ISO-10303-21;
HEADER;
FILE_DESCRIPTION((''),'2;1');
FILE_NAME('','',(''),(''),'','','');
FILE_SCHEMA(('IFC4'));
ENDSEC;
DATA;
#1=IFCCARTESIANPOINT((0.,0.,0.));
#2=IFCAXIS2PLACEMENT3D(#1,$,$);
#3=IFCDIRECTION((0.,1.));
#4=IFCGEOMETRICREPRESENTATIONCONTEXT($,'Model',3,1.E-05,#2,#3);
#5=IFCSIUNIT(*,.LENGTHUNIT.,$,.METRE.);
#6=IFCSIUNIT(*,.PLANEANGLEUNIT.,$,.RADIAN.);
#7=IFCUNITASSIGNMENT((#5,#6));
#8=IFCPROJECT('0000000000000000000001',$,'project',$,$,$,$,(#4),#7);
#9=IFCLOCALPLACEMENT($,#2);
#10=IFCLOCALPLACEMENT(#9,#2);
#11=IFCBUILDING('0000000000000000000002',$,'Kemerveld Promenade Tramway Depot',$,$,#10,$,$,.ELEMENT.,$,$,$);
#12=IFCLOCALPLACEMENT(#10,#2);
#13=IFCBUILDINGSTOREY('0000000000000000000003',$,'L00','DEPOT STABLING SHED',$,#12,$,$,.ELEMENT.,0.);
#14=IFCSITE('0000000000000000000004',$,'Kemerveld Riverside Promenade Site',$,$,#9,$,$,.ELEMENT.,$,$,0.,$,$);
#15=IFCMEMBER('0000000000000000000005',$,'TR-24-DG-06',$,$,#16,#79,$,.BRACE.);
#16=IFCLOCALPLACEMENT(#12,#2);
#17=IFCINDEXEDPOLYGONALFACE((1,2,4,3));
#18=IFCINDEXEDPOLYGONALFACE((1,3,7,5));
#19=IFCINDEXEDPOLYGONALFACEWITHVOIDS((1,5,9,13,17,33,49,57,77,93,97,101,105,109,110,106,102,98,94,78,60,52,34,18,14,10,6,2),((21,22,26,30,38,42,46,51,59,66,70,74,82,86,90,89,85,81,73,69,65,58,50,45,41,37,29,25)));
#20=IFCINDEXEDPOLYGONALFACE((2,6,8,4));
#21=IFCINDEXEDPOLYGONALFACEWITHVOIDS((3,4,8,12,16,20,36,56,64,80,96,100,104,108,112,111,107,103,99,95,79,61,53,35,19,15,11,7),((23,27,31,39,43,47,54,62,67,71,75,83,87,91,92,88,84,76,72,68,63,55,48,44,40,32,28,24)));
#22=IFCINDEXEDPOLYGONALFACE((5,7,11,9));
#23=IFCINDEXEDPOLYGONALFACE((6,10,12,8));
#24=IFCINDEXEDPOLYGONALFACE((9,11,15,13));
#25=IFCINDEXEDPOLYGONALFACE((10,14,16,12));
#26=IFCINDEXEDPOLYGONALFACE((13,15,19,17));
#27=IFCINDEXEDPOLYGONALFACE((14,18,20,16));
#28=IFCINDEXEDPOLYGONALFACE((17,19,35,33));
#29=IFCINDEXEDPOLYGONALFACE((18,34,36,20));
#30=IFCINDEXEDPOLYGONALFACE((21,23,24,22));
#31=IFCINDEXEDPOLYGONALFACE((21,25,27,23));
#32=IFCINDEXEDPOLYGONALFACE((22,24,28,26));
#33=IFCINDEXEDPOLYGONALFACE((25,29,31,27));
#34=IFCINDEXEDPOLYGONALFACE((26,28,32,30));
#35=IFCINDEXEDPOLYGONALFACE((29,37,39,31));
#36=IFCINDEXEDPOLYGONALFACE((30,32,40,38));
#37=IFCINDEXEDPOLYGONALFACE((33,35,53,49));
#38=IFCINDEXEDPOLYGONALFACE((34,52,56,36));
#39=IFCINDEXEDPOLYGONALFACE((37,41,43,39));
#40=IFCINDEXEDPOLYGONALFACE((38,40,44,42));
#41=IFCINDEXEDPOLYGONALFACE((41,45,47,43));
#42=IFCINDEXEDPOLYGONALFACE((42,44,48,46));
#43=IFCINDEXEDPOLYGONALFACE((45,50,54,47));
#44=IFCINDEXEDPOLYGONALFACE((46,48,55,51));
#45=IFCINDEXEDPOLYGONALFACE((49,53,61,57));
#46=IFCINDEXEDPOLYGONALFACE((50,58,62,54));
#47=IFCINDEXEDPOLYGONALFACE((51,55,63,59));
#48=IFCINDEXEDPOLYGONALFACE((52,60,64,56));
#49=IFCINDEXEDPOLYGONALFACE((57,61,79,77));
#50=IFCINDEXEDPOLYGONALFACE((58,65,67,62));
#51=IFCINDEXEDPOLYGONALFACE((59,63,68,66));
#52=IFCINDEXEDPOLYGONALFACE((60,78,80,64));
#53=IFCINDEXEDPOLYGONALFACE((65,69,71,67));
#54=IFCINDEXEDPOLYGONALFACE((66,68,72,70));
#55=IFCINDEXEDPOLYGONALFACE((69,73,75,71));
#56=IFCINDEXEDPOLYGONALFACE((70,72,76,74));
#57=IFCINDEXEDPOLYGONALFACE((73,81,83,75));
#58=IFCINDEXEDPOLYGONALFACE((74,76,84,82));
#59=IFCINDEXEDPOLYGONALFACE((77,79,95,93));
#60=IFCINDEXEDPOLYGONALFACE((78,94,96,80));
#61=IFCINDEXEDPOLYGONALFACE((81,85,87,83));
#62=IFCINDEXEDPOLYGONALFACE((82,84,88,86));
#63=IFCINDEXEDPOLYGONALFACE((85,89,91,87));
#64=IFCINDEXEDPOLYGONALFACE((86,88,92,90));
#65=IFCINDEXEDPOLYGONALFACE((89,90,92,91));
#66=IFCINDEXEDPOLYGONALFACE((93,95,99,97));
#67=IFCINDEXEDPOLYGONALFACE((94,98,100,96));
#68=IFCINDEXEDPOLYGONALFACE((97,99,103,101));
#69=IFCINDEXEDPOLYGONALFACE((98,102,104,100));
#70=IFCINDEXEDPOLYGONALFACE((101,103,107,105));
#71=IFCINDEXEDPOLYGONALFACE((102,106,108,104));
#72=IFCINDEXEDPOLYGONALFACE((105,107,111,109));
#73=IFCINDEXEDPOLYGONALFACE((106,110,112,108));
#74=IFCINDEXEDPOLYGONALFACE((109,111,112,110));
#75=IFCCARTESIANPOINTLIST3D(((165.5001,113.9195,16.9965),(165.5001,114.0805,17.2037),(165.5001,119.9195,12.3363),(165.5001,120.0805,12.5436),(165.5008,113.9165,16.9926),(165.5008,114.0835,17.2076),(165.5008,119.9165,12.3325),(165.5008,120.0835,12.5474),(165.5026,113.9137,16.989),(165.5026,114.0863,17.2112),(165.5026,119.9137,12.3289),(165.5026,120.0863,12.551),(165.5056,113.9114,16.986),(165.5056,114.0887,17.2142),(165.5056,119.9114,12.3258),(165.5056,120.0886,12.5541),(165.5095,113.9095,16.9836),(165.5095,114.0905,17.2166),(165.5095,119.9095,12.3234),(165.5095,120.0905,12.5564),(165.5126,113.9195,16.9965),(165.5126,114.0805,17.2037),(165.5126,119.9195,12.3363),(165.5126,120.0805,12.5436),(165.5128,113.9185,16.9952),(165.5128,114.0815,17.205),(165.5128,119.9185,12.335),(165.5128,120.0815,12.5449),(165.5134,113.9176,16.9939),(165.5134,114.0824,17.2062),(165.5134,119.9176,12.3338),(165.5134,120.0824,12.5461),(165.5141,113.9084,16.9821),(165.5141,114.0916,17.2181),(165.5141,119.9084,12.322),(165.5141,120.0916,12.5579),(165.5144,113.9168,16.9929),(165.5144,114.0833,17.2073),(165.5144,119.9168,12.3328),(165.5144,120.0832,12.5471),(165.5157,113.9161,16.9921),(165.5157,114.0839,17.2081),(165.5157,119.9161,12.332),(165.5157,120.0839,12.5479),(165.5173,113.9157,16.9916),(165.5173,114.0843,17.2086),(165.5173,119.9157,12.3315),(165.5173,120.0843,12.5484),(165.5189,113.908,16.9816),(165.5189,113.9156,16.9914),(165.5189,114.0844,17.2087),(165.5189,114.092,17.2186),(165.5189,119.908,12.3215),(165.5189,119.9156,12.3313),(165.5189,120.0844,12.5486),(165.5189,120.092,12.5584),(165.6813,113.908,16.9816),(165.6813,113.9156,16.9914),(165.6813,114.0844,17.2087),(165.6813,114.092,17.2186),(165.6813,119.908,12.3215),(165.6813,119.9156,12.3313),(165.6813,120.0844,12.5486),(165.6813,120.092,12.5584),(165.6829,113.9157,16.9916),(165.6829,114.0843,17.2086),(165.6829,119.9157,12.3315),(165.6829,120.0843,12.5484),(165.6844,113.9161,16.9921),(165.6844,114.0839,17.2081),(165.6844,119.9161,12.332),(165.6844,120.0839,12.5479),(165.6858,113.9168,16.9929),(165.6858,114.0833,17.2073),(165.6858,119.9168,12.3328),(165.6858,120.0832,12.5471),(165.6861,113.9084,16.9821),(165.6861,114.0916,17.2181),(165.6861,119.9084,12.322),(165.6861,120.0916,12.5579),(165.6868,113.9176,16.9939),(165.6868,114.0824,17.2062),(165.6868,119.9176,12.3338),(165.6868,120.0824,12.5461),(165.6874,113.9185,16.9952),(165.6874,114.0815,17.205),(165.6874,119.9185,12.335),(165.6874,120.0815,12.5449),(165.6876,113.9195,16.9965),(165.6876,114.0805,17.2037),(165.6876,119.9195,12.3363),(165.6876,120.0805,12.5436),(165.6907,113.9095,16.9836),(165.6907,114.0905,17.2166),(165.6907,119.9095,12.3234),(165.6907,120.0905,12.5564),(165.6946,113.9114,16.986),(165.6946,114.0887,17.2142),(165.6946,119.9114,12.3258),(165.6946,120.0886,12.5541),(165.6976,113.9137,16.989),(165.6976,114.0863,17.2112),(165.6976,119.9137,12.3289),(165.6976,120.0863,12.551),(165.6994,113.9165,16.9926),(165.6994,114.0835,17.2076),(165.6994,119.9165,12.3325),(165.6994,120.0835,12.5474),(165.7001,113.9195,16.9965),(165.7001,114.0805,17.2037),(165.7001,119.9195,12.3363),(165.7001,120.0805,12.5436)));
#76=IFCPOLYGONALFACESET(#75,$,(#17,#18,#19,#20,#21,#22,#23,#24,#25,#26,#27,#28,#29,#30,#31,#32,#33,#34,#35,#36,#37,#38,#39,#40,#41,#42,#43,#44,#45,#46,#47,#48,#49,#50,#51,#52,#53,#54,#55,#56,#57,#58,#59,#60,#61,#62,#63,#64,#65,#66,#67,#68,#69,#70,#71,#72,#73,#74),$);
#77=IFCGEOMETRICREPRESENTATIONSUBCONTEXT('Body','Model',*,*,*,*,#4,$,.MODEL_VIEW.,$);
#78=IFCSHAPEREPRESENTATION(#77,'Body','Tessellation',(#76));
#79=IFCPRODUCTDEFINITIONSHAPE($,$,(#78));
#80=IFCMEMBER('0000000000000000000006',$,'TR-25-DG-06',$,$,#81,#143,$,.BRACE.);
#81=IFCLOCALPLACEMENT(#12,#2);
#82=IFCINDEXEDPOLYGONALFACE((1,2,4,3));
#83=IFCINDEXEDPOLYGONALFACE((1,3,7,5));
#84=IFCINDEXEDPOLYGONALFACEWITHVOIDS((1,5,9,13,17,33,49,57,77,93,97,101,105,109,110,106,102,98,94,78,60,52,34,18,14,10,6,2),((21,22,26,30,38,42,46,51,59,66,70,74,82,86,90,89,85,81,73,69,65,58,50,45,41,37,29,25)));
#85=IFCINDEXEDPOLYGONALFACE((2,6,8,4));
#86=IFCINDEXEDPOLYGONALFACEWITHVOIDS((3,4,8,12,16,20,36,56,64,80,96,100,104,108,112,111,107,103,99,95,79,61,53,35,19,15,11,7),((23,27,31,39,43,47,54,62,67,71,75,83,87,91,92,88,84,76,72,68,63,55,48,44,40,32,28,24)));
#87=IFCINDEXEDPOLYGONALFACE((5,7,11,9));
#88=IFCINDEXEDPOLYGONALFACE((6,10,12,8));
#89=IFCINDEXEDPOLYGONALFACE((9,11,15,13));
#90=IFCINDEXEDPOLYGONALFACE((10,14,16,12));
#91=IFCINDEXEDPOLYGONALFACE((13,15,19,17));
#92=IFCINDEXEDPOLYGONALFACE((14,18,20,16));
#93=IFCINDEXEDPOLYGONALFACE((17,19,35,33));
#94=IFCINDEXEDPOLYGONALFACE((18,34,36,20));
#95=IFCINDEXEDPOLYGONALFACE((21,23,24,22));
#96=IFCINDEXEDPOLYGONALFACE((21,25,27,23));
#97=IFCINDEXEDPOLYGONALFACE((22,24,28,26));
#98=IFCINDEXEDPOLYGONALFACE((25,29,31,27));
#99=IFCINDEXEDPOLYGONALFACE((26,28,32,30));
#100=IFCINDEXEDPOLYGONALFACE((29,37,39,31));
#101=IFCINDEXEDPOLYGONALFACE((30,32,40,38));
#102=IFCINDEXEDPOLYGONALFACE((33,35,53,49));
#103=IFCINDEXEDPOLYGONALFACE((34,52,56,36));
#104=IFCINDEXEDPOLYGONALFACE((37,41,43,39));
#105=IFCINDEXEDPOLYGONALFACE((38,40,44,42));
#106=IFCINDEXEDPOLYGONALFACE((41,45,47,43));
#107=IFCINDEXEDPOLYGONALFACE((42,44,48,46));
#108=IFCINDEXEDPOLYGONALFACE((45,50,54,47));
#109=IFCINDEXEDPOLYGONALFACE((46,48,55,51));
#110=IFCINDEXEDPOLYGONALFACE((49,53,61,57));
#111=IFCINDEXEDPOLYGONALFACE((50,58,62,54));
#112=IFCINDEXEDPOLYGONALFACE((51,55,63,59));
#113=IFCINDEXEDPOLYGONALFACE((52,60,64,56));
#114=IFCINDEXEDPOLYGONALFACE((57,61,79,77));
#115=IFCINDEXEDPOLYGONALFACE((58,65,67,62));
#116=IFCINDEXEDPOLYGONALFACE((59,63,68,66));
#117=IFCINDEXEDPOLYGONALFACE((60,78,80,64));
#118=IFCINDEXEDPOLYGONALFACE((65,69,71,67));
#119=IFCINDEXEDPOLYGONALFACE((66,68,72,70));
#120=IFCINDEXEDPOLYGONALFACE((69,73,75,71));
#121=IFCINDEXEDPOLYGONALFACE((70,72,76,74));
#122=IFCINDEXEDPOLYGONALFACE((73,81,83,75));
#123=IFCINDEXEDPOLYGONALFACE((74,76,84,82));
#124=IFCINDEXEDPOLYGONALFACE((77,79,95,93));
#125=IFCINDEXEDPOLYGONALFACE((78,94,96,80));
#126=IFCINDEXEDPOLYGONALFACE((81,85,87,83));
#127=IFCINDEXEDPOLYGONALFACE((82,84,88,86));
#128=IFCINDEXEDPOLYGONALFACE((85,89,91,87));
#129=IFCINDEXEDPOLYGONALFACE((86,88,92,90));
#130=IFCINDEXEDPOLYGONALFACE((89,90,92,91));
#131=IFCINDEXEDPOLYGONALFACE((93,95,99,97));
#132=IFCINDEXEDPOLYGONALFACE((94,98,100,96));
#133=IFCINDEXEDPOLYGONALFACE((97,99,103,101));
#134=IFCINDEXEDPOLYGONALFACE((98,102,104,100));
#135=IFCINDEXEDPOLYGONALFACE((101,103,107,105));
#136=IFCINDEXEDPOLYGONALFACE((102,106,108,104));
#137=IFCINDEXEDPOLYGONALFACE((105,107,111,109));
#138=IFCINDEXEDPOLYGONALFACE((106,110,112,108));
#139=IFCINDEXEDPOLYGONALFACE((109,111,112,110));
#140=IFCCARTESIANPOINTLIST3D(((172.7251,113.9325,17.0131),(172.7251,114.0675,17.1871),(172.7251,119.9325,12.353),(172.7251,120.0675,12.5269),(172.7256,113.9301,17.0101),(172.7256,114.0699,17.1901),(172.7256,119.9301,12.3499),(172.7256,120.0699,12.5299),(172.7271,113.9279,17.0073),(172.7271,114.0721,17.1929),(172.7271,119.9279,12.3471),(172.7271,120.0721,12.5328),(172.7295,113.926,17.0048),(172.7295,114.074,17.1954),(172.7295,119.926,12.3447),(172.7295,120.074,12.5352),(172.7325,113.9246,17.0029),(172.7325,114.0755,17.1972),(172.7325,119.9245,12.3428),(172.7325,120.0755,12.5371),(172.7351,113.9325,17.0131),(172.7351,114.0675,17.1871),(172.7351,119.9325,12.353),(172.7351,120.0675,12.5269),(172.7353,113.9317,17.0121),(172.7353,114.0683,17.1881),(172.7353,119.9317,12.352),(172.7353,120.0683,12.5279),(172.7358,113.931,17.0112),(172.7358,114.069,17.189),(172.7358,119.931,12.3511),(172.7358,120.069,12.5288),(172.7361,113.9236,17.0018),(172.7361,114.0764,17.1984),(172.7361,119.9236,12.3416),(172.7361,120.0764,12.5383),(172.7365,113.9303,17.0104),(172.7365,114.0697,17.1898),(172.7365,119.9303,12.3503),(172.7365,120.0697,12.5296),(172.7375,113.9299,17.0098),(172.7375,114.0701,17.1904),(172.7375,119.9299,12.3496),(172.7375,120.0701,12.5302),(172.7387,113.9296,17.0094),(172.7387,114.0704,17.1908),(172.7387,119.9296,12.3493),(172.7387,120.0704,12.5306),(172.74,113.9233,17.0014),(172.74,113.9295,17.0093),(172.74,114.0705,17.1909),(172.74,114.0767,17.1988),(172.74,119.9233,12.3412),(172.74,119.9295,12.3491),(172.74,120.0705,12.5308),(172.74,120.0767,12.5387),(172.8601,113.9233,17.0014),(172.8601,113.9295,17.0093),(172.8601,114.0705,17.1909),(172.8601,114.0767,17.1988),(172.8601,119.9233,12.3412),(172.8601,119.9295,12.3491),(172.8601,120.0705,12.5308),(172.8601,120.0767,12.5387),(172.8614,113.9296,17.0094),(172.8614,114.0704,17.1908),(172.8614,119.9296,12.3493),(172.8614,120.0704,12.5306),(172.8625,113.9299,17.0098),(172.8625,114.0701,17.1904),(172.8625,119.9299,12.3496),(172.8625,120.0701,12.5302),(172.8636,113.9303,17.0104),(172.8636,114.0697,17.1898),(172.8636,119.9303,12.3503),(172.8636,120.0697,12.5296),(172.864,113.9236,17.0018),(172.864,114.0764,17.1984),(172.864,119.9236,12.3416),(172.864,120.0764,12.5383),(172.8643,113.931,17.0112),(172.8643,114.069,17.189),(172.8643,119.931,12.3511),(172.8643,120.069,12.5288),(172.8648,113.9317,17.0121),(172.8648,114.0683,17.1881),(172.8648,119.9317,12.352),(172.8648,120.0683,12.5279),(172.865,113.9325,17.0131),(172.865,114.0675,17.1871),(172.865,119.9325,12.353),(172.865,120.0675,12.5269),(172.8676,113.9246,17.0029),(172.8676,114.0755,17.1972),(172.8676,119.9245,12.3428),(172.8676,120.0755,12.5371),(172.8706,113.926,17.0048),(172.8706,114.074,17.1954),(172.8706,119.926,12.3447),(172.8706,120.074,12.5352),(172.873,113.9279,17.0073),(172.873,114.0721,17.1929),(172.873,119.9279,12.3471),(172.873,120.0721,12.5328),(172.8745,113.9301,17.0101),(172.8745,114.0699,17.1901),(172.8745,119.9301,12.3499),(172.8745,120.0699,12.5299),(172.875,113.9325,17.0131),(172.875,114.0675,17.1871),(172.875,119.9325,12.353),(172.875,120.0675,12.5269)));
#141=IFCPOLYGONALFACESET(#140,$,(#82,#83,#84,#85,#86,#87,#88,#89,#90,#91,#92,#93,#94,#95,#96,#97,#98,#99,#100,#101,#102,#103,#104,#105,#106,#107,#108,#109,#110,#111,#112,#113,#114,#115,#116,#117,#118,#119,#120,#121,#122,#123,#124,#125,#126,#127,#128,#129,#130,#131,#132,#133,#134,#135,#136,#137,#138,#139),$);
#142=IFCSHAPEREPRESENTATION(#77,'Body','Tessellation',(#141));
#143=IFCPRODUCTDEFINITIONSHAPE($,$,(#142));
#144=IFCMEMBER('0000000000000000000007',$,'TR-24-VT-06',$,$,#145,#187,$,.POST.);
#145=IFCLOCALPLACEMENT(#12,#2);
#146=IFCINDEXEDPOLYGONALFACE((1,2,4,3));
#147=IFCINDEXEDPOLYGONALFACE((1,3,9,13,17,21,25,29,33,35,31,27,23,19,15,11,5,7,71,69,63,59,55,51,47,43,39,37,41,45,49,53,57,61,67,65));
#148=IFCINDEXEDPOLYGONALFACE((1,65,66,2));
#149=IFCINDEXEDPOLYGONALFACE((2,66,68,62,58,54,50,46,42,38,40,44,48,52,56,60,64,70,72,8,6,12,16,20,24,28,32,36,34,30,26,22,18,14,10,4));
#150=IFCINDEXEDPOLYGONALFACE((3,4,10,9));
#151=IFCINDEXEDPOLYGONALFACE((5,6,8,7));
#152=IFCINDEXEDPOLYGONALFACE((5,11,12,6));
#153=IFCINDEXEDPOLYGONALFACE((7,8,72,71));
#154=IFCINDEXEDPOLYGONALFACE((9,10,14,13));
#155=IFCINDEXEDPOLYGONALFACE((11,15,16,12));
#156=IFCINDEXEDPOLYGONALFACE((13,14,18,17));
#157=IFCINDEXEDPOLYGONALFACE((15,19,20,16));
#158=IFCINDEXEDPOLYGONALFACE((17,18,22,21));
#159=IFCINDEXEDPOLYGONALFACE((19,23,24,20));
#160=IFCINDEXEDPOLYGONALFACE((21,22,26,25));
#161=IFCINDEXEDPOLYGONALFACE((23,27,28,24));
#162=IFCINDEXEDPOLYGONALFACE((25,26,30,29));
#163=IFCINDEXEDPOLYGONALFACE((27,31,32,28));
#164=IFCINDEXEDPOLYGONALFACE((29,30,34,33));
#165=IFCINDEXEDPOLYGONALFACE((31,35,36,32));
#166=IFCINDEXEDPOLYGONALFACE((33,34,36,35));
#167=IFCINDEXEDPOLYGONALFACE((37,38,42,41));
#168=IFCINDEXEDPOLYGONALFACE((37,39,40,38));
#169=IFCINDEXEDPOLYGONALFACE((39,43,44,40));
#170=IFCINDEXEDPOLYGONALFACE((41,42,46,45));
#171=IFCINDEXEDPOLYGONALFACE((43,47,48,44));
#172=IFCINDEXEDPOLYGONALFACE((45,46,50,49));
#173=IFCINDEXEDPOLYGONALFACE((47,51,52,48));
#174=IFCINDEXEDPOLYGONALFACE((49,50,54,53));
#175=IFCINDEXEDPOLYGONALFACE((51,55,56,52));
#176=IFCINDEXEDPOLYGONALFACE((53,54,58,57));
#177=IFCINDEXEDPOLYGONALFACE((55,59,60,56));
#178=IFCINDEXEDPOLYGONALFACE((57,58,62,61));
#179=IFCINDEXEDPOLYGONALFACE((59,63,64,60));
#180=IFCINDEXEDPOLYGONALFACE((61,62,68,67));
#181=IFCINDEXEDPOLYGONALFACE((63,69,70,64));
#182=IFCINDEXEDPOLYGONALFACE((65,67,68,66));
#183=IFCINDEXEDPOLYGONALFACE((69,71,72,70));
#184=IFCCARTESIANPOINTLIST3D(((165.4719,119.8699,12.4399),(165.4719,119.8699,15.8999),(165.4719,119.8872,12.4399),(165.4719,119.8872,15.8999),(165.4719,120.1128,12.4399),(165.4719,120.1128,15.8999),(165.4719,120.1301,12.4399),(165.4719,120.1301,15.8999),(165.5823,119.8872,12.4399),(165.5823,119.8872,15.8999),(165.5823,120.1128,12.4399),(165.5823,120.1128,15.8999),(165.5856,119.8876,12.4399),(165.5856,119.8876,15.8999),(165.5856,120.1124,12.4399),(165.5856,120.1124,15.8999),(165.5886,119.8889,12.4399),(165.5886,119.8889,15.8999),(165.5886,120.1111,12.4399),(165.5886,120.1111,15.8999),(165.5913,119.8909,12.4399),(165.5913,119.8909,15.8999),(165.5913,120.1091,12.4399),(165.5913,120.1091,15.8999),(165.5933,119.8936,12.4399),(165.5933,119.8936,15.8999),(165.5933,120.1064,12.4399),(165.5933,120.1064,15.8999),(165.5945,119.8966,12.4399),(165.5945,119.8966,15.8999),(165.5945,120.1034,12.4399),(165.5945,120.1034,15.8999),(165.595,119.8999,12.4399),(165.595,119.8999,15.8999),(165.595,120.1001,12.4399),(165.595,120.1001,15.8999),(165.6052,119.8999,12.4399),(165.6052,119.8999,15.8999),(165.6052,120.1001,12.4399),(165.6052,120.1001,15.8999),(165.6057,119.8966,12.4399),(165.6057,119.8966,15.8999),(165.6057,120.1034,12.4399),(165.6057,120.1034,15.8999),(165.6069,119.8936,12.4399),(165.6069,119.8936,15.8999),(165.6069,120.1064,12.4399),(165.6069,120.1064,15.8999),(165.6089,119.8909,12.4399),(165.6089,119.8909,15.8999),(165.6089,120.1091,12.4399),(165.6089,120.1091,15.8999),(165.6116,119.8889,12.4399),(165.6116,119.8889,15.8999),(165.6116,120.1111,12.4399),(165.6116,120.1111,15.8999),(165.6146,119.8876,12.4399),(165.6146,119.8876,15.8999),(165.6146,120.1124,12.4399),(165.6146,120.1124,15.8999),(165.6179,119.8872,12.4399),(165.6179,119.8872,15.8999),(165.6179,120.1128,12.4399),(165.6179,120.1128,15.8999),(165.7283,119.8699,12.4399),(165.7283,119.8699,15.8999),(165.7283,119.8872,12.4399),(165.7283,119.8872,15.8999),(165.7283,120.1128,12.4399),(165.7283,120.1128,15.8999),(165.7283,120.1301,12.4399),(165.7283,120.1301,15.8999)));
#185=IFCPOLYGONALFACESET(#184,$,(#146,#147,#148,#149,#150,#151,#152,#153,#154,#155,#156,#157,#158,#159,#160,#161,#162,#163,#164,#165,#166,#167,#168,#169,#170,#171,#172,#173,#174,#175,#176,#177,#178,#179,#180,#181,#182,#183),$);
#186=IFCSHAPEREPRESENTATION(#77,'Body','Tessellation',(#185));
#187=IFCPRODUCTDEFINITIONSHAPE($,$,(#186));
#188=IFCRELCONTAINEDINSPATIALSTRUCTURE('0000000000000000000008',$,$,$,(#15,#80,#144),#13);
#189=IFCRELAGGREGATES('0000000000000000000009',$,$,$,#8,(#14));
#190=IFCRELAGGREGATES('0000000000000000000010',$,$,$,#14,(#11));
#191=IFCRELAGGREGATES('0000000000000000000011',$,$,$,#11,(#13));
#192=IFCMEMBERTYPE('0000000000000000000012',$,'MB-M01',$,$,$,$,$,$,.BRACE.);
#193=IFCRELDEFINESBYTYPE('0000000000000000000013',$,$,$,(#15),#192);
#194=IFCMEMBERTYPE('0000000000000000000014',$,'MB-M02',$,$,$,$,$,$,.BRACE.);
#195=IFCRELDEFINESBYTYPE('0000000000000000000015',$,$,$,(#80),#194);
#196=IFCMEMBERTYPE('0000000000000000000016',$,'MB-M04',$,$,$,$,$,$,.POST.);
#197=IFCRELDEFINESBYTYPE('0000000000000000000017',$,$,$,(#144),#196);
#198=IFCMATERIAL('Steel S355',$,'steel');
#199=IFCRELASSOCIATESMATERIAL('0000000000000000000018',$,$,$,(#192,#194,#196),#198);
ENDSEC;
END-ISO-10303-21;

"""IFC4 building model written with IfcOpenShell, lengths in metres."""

from ifc_helpers import new_model, si_unit, direction, frame, origin, origin_2d, place, context, subcontext, project, spatial, hollow_rectangle, i_section, extrude, material, material_profile, profile_set, type_object, element, save


model = new_model("IFC4")

# Units and contexts
model_context = context("Model", 3, precision=1e-05, world=origin(), true_north=direction((0.0, 1.0)))
body_context = subcontext(model_context, "Body", "Model", "MODEL_VIEW")
ifc_project = project(units=[si_unit("LENGTHUNIT", "METRE"), si_unit("PLANEANGLEUNIT", "RADIAN")], contexts=[model_context])

# Site, building, storey
site_placement = place(None, origin())
site = spatial("IfcSite", under=ifc_project, at=site_placement, Name="Kemerveld Riverside Promenade Site", CompositionType="ELEMENT", RefElevation=0.0)
building_placement = place(site_placement, origin())
building = spatial("IfcBuilding", under=site, at=building_placement, Name="Kemerveld Promenade Tramway Depot", CompositionType="ELEMENT")
storey_placement = place(building_placement, origin())
storey = spatial("IfcBuildingStorey", under=building, at=storey_placement, Name="L00", Description="DEPOT STABLING SHED", CompositionType="ELEMENT", Elevation=0.0)

# Members
ifc_material = material(Name="Steel S355", Category="steel")
ifc_material_profile_1 = material_profile(ifc_material, hollow_rectangle(XDim=0.2, YDim=0.3, WallThickness=0.0125, InnerFilletRadius=0.0063, OuterFilletRadius=0.0188, at=origin_2d()), Name="300x200x12.5 RHS")
ifc_profile_set_1 = profile_set([ifc_material_profile_1], Name="Steel S355")
member_type_1 = type_object("IfcMemberType", Name="MB-M01", PredefinedType="BRACE", material=ifc_profile_set_1)
member_1_placement = place(storey_placement, frame((165.6001, 120.0, 12.4399), z_axis=(0.0, -0.789767, 0.613407), x_axis=(1.0, 0.0, 0.0)))
element("IfcMember", 1, at=member_1_placement, inside=storey, type_object=member_type_1, Name="TR-24-DG-06", PredefinedType="BRACE", context=body_context, shape_type="SweptSolid", body=[
    extrude(hollow_rectangle(XDim=0.2, YDim=0.3, WallThickness=0.0125, InnerFilletRadius=0.0063, OuterFilletRadius=0.0188, at=origin_2d()), origin(), (0.0, 0.0, 1.0), 7.5972),
])
ifc_material_profile_2 = material_profile(ifc_material, hollow_rectangle(XDim=0.1499, YDim=0.25, WallThickness=0.01, InnerFilletRadius=0.0049, OuterFilletRadius=0.0149, at=origin_2d()), Name="250x150x10.0 RHS")
ifc_profile_set_2 = profile_set([ifc_material_profile_2], Name="Steel S355")
member_type_2 = type_object("IfcMemberType", Name="MB-M02", PredefinedType="BRACE", material=ifc_profile_set_2)
member_2_placement = place(storey_placement, frame((172.8, 120.0, 12.4399), z_axis=(0.0, -0.789767, 0.613407), x_axis=(1.0, 0.0, 0.0)))
element("IfcMember", 2, at=member_2_placement, inside=storey, type_object=member_type_2, Name="TR-25-DG-06", PredefinedType="BRACE", context=body_context, shape_type="SweptSolid", body=[
    extrude(hollow_rectangle(XDim=0.1499, YDim=0.25, WallThickness=0.01, InnerFilletRadius=0.0049, OuterFilletRadius=0.0149, at=origin_2d()), origin(), (0.0, 0.0, 1.0), 7.5972),
])
ifc_material_profile_3 = material_profile(ifc_material, i_section(OverallWidth=0.2563, OverallDepth=0.2603, WebThickness=0.0103, FlangeThickness=0.0173, FilletRadius=0.0127, at=origin_2d()), Name="254x254x89 UC")
ifc_profile_set_3 = profile_set([ifc_material_profile_3], Name="Steel S355")
member_type_3 = type_object("IfcMemberType", Name="MB-M04", PredefinedType="POST", material=ifc_profile_set_3)
member_3_placement = place(storey_placement, frame((165.6001, 120.0, 12.4399), z_axis=(0.0, 0.0, 1.0), x_axis=(1.0, 0.0, 0.0)))
element("IfcMember", 3, at=member_3_placement, inside=storey, type_object=member_type_3, Name="TR-24-VT-06", PredefinedType="POST", context=body_context, shape_type="SweptSolid", body=[
    extrude(i_section(OverallWidth=0.2563, OverallDepth=0.2603, WebThickness=0.0103, FlangeThickness=0.0173, FilletRadius=0.0127, at=origin_2d()), origin(), (0.0, 0.0, 1.0), 3.46),
])

save(model, "model.ifc")
